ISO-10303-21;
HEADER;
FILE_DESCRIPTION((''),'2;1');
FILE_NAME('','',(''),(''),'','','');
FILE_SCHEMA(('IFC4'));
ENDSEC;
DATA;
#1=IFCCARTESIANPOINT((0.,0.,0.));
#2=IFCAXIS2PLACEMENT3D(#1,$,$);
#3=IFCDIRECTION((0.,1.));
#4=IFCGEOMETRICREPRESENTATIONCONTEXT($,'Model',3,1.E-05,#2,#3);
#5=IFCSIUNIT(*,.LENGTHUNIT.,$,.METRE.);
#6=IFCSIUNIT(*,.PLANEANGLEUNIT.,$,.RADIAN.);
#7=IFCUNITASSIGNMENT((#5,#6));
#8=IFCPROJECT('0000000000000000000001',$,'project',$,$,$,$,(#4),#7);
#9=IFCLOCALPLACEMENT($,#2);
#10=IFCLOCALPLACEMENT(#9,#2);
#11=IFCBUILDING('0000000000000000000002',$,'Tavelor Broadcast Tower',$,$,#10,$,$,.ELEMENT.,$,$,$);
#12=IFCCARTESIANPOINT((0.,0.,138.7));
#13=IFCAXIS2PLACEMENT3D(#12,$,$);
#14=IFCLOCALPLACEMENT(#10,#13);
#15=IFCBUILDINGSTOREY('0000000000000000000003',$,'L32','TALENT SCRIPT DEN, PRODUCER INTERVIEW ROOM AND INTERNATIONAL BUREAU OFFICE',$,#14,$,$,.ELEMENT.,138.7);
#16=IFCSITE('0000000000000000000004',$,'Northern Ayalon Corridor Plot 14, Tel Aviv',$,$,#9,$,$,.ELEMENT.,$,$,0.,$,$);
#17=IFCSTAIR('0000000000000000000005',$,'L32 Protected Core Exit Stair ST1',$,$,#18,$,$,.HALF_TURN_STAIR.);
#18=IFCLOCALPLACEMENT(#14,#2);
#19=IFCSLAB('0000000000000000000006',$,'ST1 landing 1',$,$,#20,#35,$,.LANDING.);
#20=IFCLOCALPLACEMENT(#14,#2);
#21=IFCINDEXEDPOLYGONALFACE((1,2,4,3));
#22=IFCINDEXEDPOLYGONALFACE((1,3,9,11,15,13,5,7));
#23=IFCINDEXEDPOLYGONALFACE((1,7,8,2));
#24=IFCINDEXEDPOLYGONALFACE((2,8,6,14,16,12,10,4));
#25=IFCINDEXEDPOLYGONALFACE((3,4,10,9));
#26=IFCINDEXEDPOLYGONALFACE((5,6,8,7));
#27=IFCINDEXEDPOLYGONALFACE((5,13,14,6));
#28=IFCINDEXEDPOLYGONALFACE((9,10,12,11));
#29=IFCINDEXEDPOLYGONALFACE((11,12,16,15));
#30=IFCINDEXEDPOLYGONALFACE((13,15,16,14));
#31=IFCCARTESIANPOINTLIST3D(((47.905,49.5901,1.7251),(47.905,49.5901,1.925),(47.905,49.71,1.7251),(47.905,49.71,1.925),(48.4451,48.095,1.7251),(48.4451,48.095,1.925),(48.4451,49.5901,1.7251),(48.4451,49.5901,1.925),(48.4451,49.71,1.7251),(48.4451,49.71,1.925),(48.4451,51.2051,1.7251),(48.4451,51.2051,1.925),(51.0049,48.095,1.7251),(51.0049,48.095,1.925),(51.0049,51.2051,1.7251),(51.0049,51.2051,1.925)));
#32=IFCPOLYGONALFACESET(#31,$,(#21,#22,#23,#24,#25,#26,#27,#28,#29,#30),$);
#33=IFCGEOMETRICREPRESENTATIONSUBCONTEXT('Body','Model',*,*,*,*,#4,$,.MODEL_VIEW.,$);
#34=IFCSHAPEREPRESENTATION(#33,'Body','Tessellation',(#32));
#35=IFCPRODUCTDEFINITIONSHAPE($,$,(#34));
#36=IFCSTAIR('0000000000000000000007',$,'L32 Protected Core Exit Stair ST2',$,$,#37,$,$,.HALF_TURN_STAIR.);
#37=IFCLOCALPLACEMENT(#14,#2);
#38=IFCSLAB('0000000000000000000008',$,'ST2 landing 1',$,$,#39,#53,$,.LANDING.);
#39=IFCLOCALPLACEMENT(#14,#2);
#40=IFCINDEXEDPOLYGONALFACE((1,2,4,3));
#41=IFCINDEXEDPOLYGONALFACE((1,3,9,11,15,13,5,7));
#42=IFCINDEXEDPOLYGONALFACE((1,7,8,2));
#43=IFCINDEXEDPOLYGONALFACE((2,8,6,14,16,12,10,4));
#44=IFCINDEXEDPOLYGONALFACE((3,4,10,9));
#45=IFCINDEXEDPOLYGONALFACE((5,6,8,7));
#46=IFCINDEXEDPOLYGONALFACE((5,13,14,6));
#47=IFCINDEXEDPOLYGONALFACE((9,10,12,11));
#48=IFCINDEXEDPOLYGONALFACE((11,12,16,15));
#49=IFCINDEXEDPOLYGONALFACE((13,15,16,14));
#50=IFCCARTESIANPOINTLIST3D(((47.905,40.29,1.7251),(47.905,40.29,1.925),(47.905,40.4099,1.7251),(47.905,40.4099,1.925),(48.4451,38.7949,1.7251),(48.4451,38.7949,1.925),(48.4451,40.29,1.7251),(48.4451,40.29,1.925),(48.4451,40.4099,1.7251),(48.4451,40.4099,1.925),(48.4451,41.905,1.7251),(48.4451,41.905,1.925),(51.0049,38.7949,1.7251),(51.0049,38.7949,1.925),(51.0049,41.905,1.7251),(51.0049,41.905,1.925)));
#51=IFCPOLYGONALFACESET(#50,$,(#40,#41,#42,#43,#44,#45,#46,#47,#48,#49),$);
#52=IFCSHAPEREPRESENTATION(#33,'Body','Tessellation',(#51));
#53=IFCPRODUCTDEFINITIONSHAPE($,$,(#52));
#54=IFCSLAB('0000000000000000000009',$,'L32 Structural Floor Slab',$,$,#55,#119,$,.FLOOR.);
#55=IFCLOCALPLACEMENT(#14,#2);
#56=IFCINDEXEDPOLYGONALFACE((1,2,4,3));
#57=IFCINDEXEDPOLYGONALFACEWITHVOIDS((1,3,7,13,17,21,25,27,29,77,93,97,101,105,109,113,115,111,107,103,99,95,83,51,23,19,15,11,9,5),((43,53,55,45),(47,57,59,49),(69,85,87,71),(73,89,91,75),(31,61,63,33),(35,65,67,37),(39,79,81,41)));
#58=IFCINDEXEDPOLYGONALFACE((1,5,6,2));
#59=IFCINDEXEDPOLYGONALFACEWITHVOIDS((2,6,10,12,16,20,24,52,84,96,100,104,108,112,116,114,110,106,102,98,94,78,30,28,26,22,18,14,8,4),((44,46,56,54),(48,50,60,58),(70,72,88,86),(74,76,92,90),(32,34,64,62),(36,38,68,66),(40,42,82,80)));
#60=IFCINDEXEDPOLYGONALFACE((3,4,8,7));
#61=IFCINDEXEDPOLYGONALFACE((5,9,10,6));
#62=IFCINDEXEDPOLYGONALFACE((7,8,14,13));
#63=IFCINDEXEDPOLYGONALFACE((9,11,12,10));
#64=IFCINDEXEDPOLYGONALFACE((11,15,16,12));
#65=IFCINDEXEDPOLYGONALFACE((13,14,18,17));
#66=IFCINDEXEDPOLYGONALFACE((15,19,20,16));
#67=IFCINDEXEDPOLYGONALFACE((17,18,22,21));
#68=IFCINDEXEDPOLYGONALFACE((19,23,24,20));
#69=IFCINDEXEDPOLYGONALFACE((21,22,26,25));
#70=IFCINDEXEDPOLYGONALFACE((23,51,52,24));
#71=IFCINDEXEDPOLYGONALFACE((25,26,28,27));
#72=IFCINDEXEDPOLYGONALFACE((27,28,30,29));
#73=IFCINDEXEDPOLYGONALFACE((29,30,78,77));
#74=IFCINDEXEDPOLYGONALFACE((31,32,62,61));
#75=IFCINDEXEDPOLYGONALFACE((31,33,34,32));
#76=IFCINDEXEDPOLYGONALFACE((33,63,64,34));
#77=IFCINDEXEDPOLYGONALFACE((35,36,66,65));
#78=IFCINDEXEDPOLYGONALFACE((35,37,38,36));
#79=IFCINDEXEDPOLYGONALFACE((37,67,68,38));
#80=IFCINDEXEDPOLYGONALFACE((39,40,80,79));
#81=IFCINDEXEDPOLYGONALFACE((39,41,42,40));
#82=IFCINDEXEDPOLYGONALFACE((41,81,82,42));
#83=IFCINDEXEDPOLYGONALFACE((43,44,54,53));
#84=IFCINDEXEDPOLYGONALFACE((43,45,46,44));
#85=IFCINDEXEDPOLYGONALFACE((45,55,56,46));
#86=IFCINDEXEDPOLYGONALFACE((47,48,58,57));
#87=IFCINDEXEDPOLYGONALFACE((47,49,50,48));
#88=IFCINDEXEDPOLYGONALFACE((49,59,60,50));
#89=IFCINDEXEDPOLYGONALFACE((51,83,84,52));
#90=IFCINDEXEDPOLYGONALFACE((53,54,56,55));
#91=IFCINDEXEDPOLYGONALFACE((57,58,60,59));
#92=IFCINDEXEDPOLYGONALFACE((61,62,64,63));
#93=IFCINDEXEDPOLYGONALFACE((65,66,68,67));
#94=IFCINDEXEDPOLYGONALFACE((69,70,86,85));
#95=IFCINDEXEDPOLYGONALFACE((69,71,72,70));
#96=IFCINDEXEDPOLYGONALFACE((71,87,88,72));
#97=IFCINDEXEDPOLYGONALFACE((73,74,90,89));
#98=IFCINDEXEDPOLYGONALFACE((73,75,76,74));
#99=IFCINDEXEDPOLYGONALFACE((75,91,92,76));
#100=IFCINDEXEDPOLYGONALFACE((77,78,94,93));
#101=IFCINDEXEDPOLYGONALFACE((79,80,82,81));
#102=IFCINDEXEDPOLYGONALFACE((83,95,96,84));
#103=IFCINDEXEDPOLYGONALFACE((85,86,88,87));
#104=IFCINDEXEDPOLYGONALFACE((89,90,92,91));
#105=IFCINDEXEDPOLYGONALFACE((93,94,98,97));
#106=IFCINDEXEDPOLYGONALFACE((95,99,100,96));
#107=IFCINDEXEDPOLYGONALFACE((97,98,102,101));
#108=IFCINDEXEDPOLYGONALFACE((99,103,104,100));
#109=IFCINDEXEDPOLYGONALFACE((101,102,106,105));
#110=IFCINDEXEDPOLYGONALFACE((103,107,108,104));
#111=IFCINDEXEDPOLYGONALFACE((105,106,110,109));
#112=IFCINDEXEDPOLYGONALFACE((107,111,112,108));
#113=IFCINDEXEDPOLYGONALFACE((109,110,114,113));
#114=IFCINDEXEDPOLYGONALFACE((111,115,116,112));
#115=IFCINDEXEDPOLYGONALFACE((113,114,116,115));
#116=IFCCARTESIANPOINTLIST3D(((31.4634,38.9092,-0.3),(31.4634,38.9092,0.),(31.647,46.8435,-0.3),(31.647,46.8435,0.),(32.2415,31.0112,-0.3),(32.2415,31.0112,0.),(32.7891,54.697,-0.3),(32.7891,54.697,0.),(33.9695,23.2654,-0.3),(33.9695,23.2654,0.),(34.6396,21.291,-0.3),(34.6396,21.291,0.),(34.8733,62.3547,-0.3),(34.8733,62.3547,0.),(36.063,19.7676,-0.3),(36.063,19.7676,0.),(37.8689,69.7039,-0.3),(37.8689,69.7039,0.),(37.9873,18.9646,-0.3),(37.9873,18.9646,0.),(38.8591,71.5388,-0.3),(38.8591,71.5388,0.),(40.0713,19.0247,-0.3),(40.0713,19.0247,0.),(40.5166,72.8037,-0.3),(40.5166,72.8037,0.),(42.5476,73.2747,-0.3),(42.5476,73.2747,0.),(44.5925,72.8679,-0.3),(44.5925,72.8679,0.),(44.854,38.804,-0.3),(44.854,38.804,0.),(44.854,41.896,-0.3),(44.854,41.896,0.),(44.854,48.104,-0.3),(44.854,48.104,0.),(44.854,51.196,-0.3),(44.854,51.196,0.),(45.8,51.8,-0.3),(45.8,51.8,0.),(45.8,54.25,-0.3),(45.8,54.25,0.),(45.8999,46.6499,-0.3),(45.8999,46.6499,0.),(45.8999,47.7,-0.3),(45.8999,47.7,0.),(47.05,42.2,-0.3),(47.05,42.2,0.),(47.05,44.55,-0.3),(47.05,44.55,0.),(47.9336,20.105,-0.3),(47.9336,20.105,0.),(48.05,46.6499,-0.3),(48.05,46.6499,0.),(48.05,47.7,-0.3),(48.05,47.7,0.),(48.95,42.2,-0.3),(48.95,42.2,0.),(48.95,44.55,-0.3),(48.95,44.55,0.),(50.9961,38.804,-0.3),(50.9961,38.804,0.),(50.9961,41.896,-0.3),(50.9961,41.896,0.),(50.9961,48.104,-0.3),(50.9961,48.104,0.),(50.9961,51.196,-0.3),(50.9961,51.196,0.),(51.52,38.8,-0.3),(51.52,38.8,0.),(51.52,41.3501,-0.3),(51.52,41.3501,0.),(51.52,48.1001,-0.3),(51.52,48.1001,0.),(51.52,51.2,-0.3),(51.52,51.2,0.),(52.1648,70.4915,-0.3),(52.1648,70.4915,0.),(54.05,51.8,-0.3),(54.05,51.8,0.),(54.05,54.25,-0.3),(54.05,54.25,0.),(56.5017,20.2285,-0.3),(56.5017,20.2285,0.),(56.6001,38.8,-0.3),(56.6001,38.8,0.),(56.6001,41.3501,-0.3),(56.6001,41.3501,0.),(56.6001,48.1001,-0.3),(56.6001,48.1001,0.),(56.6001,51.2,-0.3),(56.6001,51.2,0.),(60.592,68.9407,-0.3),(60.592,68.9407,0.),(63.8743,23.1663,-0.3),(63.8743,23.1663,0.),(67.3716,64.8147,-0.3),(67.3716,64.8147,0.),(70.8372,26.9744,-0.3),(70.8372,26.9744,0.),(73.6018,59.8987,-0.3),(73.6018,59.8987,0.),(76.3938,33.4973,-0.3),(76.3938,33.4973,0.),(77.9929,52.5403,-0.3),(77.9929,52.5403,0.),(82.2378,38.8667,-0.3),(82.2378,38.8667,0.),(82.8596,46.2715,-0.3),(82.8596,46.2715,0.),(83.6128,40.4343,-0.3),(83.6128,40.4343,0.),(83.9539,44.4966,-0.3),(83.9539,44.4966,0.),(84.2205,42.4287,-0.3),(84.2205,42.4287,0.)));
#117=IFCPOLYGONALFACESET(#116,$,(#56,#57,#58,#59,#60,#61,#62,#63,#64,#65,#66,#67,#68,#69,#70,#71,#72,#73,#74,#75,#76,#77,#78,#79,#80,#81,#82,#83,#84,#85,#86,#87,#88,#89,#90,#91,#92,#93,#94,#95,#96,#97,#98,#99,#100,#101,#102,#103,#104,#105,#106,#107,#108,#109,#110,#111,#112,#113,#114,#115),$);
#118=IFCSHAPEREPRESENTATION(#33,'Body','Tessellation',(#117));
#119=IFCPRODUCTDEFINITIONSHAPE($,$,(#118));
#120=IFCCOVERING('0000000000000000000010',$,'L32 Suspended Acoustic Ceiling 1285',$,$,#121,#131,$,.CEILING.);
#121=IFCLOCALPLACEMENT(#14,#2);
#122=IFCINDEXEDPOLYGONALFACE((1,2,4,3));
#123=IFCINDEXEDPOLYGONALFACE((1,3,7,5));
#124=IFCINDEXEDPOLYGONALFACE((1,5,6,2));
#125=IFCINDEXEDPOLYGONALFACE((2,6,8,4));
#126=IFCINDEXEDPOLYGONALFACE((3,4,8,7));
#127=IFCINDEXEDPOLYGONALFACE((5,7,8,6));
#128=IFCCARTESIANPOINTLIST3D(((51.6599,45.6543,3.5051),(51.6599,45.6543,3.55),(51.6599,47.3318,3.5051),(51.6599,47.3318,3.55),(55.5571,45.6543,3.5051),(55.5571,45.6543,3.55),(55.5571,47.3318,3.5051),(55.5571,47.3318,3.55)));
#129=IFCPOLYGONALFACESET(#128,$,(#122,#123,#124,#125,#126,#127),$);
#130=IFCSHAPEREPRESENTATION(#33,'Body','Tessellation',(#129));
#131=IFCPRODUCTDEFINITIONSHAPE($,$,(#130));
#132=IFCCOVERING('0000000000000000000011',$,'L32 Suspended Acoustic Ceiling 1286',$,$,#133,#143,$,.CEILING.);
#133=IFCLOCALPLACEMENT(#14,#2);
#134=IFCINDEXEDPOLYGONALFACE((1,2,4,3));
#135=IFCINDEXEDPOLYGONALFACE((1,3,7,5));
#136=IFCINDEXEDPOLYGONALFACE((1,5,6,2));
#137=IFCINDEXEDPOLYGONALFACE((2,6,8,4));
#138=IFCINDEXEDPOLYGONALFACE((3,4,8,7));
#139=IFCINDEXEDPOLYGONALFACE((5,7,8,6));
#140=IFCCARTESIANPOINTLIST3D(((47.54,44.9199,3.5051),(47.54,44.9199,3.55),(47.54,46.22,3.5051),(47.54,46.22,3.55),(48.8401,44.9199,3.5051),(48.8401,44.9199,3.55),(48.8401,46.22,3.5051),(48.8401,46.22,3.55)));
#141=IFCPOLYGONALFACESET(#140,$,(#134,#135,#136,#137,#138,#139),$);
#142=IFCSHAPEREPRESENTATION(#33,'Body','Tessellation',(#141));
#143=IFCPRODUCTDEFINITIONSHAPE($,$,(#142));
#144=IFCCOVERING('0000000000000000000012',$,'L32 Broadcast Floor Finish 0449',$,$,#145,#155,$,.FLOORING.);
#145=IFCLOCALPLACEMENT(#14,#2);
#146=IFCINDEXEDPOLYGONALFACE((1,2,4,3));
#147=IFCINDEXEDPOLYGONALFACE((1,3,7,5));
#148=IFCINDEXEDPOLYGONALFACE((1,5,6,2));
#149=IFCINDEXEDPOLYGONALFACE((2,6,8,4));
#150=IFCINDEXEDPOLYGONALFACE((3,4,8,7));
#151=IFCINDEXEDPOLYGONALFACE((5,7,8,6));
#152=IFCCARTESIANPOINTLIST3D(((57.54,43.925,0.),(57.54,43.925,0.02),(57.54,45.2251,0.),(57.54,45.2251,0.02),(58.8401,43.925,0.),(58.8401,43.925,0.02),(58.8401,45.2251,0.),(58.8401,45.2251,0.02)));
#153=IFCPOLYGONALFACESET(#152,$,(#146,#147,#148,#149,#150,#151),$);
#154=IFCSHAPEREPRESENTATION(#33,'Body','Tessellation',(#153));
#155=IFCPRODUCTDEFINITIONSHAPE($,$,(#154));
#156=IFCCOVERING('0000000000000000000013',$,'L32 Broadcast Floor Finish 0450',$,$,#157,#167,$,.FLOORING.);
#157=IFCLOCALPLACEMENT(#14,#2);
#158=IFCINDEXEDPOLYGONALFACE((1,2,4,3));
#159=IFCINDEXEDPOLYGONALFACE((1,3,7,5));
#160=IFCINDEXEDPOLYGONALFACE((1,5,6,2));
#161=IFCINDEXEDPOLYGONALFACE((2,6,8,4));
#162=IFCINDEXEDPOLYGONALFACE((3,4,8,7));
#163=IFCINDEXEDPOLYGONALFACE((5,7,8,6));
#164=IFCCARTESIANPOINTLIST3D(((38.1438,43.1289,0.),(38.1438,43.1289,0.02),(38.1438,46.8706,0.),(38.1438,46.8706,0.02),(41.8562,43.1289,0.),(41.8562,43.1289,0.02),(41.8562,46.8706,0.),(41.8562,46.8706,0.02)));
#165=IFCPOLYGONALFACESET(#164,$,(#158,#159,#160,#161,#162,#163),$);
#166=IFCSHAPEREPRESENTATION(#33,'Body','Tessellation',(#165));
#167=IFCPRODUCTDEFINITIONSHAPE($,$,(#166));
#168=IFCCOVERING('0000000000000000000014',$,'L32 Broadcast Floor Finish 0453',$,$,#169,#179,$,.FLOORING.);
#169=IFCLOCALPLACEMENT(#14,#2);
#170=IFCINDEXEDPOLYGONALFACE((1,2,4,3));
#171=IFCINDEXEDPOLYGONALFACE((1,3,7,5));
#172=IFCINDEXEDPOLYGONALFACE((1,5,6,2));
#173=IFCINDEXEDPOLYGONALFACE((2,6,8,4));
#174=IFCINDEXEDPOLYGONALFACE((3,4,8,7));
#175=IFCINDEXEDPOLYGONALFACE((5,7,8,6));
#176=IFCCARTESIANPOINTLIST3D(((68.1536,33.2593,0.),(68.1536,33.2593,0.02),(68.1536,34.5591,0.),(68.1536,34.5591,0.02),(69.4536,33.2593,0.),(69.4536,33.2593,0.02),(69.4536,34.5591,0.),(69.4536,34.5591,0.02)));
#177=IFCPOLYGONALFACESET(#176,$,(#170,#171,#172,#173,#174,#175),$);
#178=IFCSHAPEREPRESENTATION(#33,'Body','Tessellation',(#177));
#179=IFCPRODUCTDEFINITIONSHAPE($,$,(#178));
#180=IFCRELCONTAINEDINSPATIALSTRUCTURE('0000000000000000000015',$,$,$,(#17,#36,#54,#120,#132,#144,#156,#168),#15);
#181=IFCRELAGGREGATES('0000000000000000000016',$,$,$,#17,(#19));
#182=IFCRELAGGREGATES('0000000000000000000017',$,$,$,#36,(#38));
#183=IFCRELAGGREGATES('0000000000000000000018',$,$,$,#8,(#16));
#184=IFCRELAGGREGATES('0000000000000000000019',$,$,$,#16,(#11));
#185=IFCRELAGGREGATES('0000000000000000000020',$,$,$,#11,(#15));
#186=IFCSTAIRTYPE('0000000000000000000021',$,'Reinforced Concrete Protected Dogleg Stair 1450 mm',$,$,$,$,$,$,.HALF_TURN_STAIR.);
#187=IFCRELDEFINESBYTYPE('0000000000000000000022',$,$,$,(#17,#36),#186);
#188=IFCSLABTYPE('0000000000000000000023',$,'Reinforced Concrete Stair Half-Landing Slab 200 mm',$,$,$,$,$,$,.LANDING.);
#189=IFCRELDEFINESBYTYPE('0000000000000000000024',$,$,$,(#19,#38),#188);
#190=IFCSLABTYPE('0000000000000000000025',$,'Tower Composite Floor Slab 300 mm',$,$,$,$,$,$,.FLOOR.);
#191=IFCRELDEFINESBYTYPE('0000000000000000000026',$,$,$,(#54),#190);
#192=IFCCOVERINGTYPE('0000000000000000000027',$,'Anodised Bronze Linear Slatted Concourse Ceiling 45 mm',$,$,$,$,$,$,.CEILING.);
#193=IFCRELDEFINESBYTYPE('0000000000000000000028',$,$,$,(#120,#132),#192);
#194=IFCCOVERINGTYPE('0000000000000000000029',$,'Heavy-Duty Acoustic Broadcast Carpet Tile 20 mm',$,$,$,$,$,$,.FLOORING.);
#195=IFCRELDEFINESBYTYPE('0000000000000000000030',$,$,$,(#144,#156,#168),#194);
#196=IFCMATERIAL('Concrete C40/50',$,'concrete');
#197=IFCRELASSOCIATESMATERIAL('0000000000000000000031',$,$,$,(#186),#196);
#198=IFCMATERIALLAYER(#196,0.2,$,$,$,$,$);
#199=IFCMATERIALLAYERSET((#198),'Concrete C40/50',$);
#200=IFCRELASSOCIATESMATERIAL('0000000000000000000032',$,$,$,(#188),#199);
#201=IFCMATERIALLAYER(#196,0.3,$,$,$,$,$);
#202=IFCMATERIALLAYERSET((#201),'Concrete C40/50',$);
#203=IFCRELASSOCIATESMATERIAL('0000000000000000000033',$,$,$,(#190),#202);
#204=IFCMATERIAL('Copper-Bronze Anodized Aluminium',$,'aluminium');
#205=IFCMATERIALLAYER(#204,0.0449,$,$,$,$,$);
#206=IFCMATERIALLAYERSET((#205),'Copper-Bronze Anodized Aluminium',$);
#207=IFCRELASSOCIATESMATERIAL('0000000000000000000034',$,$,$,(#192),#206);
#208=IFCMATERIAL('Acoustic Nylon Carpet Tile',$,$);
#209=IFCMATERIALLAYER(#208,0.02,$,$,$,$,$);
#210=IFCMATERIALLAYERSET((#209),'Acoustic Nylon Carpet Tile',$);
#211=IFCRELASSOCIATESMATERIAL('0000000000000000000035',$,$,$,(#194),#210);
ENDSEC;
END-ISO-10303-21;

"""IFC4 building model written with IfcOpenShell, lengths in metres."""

from ifc_helpers import new_model, si_unit, direction, frame, origin, place, context, subcontext, project, spatial, polyline, outline, extrude, material, layer, layer_set, type_object, element, aggregate, save


model = new_model("IFC4")

# Units and contexts
model_context = context("Model", 3, precision=1e-05, world=origin(), true_north=direction((0.0, 1.0)))
body_context = subcontext(model_context, "Body", "Model", "MODEL_VIEW")
ifc_project = project(units=[si_unit("LENGTHUNIT", "METRE"), si_unit("PLANEANGLEUNIT", "RADIAN")], contexts=[model_context])

# Site, building, storey
site_placement = place(None, origin())
site = spatial("IfcSite", under=ifc_project, at=site_placement, Name="Northern Ayalon Corridor Plot 14, Tel Aviv", CompositionType="ELEMENT", RefElevation=0.0)
building_placement = place(site_placement, origin())
building = spatial("IfcBuilding", under=site, at=building_placement, Name="Tavelor Broadcast Tower", CompositionType="ELEMENT")
storey_placement = place(building_placement, frame((0.0, 0.0, 138.7)))
storey = spatial("IfcBuildingStorey", under=building, at=storey_placement, Name="L32", Description="TALENT SCRIPT DEN, PRODUCER INTERVIEW ROOM AND INTERNATIONAL BUREAU OFFICE", CompositionType="ELEMENT", Elevation=138.7)

# Stairs, slabs
ifc_material_1 = material(Name="Concrete C40/50", Category="concrete")
stair_type = type_object("IfcStairType", Name="Reinforced Concrete Protected Dogleg Stair 1450 mm", PredefinedType="HALF_TURN_STAIR", material=ifc_material_1)
stair_1_placement = place(storey_placement, origin())
stair_1 = element("IfcStair", 1, at=stair_1_placement, inside=storey, type_object=stair_type, Name="L32 Protected Core Exit Stair ST1", PredefinedType="HALF_TURN_STAIR")
ifc_layer_1 = layer(ifc_material_1, 0.2)
ifc_layer_set_1 = layer_set([ifc_layer_1], Name="Concrete C40/50")
slab_type_1 = type_object("IfcSlabType", Name="Reinforced Concrete Stair Half-Landing Slab 200 mm", PredefinedType="LANDING", material=ifc_layer_set_1)
slab_1_placement = place(storey_placement, frame((0.0, 0.0, 1.7251)))
slab_1 = element("IfcSlab", 2, at=slab_1_placement, type_object=slab_type_1, Name="ST1 landing 1", PredefinedType="LANDING", context=body_context, shape_type="SweptSolid", body=[
    extrude(outline(polyline([(48.4451, 49.5901), (48.4451, 48.095), (51.0049, 48.095), (51.0049, 51.2051), (48.4451, 51.2051), (48.4451, 49.71), (47.905, 49.71), (47.905, 49.5901), (48.4451, 49.5901)])), origin(), (0.0, 0.0, 1.0), 0.2),
])
aggregate(stair_1, [slab_1])
stair_2_placement = place(storey_placement, origin())
stair_2 = element("IfcStair", 3, at=stair_2_placement, inside=storey, type_object=stair_type, Name="L32 Protected Core Exit Stair ST2", PredefinedType="HALF_TURN_STAIR")
slab_2_placement = place(storey_placement, frame((0.0, 0.0, 1.7251)))
slab_2 = element("IfcSlab", 4, at=slab_2_placement, type_object=slab_type_1, Name="ST2 landing 1", PredefinedType="LANDING", context=body_context, shape_type="SweptSolid", body=[
    extrude(outline(polyline([(48.4451, 40.29), (48.4451, 38.7949), (51.0049, 38.7949), (51.0049, 41.905), (48.4451, 41.905), (48.4451, 40.4099), (47.905, 40.4099), (47.905, 40.29), (48.4451, 40.29)])), origin(), (0.0, 0.0, 1.0), 0.2),
])
aggregate(stair_2, [slab_2])

# Slab
ifc_layer_2 = layer(ifc_material_1, 0.3)
ifc_layer_set_2 = layer_set([ifc_layer_2], Name="Concrete C40/50")
slab_type_2 = type_object("IfcSlabType", Name="Tower Composite Floor Slab 300 mm", PredefinedType="FLOOR", material=ifc_layer_set_2)
slab_3_placement = place(storey_placement, frame((0.0, 0.0, -0.3)))
element("IfcSlab", 5, at=slab_3_placement, inside=storey, type_object=slab_type_2, Name="L32 Structural Floor Slab", PredefinedType="FLOOR", context=body_context, shape_type="SweptSolid", body=[
    extrude(outline(polyline([(44.5925, 72.8679), (42.5476, 73.2747), (40.5166, 72.8037), (38.8591, 71.5388), (37.8689, 69.7039), (34.8733, 62.3547), (32.7891, 54.697), (31.647, 46.8435), (31.4634, 38.9092), (32.2415, 31.0112), (33.9695, 23.2654), (34.6396, 21.291), (36.063, 19.7676), (37.9873, 18.9646), (40.0713, 19.0247), (47.9336, 20.105), (56.5017, 20.2285), (63.8743, 23.1663), (70.8372, 26.9744), (76.3938, 33.4973), (82.2378, 38.8667), (83.6128, 40.4343), (84.2205, 42.4287), (83.9539, 44.4966), (82.8596, 46.2715), (77.9929, 52.5403), (73.6018, 59.8987), (67.3716, 64.8147), (60.592, 68.9407), (52.1648, 70.4915), (44.5925, 72.8679)]), holes=[polyline([(56.6001, 41.3501), (56.6001, 38.8), (51.52, 38.8), (51.52, 41.3501), (56.6001, 41.3501)]), polyline([(50.9961, 38.804), (44.854, 38.804), (44.854, 41.896), (50.9961, 41.896), (50.9961, 38.804)]), polyline([(47.05, 42.2), (47.05, 44.55), (48.95, 44.55), (48.95, 42.2), (47.05, 42.2)]), polyline([(48.05, 46.6499), (45.8999, 46.6499), (45.8999, 47.7), (48.05, 47.7), (48.05, 46.6499)]), polyline([(50.9961, 48.104), (44.854, 48.104), (44.854, 51.196), (50.9961, 51.196), (50.9961, 48.104)]), polyline([(56.6001, 48.1001), (51.52, 48.1001), (51.52, 51.2), (56.6001, 51.2), (56.6001, 48.1001)]), polyline([(54.05, 51.8), (45.8, 51.8), (45.8, 54.25), (54.05, 54.25), (54.05, 51.8)])]), origin(), (0.0, 0.0, 1.0), 0.3),
])

# Coverings
ifc_material_2 = material(Name="Copper-Bronze Anodized Aluminium", Category="aluminium")
ifc_layer_3 = layer(ifc_material_2, 0.0449)
ifc_layer_set_3 = layer_set([ifc_layer_3], Name="Copper-Bronze Anodized Aluminium")
covering_type_1 = type_object("IfcCoveringType", Name="Anodised Bronze Linear Slatted Concourse Ceiling 45 mm", PredefinedType="CEILING", material=ifc_layer_set_3)
covering_1_placement = place(storey_placement, frame((0.0, 0.0, 3.5051)))
element("IfcCovering", 6, at=covering_1_placement, inside=storey, type_object=covering_type_1, Name="L32 Suspended Acoustic Ceiling 1285", PredefinedType="CEILING", context=body_context, shape_type="SweptSolid", body=[
    extrude(outline(polyline([(51.6599, 45.6543), (55.5571, 45.6543), (55.5571, 47.3318), (51.6599, 47.3318), (51.6599, 45.6543)])), origin(), (0.0, 0.0, 1.0), 0.0449),
])
covering_2_placement = place(storey_placement, frame((0.0, 0.0, 3.5051)))
element("IfcCovering", 7, at=covering_2_placement, inside=storey, type_object=covering_type_1, Name="L32 Suspended Acoustic Ceiling 1286", PredefinedType="CEILING", context=body_context, shape_type="SweptSolid", body=[
    extrude(outline(polyline([(47.54, 44.9199), (48.8401, 44.9199), (48.8401, 46.22), (47.54, 46.22), (47.54, 44.9199)])), origin(), (0.0, 0.0, 1.0), 0.0449),
])
ifc_material_3 = material(Name="Acoustic Nylon Carpet Tile")
ifc_layer_4 = layer(ifc_material_3, 0.02)
ifc_layer_set_4 = layer_set([ifc_layer_4], Name="Acoustic Nylon Carpet Tile")
covering_type_2 = type_object("IfcCoveringType", Name="Heavy-Duty Acoustic Broadcast Carpet Tile 20 mm", PredefinedType="FLOORING", material=ifc_layer_set_4)
covering_3_placement = place(storey_placement, origin())
element("IfcCovering", 8, at=covering_3_placement, inside=storey, type_object=covering_type_2, Name="L32 Broadcast Floor Finish 0449", PredefinedType="FLOORING", context=body_context, shape_type="SweptSolid", body=[
    extrude(outline(polyline([(57.54, 43.925), (58.8401, 43.925), (58.8401, 45.2251), (57.54, 45.2251), (57.54, 43.925)])), origin(), (0.0, 0.0, 1.0), 0.02),
])
covering_4_placement = place(storey_placement, origin())
element("IfcCovering", 9, at=covering_4_placement, inside=storey, type_object=covering_type_2, Name="L32 Broadcast Floor Finish 0450", PredefinedType="FLOORING", context=body_context, shape_type="SweptSolid", body=[
    extrude(outline(polyline([(38.1438, 43.1289), (41.8562, 43.1289), (41.8562, 46.8706), (38.1438, 46.8706), (38.1438, 43.1289)])), origin(), (0.0, 0.0, 1.0), 0.02),
])
covering_5_placement = place(storey_placement, origin())
element("IfcCovering", 10, at=covering_5_placement, inside=storey, type_object=covering_type_2, Name="L32 Broadcast Floor Finish 0453", PredefinedType="FLOORING", context=body_context, shape_type="SweptSolid", body=[
    extrude(outline(polyline([(68.1536, 33.2593), (69.4536, 33.2593), (69.4536, 34.5591), (68.1536, 34.5591), (68.1536, 33.2593)])), origin(), (0.0, 0.0, 1.0), 0.02),
])

save(model, "model.ifc")
